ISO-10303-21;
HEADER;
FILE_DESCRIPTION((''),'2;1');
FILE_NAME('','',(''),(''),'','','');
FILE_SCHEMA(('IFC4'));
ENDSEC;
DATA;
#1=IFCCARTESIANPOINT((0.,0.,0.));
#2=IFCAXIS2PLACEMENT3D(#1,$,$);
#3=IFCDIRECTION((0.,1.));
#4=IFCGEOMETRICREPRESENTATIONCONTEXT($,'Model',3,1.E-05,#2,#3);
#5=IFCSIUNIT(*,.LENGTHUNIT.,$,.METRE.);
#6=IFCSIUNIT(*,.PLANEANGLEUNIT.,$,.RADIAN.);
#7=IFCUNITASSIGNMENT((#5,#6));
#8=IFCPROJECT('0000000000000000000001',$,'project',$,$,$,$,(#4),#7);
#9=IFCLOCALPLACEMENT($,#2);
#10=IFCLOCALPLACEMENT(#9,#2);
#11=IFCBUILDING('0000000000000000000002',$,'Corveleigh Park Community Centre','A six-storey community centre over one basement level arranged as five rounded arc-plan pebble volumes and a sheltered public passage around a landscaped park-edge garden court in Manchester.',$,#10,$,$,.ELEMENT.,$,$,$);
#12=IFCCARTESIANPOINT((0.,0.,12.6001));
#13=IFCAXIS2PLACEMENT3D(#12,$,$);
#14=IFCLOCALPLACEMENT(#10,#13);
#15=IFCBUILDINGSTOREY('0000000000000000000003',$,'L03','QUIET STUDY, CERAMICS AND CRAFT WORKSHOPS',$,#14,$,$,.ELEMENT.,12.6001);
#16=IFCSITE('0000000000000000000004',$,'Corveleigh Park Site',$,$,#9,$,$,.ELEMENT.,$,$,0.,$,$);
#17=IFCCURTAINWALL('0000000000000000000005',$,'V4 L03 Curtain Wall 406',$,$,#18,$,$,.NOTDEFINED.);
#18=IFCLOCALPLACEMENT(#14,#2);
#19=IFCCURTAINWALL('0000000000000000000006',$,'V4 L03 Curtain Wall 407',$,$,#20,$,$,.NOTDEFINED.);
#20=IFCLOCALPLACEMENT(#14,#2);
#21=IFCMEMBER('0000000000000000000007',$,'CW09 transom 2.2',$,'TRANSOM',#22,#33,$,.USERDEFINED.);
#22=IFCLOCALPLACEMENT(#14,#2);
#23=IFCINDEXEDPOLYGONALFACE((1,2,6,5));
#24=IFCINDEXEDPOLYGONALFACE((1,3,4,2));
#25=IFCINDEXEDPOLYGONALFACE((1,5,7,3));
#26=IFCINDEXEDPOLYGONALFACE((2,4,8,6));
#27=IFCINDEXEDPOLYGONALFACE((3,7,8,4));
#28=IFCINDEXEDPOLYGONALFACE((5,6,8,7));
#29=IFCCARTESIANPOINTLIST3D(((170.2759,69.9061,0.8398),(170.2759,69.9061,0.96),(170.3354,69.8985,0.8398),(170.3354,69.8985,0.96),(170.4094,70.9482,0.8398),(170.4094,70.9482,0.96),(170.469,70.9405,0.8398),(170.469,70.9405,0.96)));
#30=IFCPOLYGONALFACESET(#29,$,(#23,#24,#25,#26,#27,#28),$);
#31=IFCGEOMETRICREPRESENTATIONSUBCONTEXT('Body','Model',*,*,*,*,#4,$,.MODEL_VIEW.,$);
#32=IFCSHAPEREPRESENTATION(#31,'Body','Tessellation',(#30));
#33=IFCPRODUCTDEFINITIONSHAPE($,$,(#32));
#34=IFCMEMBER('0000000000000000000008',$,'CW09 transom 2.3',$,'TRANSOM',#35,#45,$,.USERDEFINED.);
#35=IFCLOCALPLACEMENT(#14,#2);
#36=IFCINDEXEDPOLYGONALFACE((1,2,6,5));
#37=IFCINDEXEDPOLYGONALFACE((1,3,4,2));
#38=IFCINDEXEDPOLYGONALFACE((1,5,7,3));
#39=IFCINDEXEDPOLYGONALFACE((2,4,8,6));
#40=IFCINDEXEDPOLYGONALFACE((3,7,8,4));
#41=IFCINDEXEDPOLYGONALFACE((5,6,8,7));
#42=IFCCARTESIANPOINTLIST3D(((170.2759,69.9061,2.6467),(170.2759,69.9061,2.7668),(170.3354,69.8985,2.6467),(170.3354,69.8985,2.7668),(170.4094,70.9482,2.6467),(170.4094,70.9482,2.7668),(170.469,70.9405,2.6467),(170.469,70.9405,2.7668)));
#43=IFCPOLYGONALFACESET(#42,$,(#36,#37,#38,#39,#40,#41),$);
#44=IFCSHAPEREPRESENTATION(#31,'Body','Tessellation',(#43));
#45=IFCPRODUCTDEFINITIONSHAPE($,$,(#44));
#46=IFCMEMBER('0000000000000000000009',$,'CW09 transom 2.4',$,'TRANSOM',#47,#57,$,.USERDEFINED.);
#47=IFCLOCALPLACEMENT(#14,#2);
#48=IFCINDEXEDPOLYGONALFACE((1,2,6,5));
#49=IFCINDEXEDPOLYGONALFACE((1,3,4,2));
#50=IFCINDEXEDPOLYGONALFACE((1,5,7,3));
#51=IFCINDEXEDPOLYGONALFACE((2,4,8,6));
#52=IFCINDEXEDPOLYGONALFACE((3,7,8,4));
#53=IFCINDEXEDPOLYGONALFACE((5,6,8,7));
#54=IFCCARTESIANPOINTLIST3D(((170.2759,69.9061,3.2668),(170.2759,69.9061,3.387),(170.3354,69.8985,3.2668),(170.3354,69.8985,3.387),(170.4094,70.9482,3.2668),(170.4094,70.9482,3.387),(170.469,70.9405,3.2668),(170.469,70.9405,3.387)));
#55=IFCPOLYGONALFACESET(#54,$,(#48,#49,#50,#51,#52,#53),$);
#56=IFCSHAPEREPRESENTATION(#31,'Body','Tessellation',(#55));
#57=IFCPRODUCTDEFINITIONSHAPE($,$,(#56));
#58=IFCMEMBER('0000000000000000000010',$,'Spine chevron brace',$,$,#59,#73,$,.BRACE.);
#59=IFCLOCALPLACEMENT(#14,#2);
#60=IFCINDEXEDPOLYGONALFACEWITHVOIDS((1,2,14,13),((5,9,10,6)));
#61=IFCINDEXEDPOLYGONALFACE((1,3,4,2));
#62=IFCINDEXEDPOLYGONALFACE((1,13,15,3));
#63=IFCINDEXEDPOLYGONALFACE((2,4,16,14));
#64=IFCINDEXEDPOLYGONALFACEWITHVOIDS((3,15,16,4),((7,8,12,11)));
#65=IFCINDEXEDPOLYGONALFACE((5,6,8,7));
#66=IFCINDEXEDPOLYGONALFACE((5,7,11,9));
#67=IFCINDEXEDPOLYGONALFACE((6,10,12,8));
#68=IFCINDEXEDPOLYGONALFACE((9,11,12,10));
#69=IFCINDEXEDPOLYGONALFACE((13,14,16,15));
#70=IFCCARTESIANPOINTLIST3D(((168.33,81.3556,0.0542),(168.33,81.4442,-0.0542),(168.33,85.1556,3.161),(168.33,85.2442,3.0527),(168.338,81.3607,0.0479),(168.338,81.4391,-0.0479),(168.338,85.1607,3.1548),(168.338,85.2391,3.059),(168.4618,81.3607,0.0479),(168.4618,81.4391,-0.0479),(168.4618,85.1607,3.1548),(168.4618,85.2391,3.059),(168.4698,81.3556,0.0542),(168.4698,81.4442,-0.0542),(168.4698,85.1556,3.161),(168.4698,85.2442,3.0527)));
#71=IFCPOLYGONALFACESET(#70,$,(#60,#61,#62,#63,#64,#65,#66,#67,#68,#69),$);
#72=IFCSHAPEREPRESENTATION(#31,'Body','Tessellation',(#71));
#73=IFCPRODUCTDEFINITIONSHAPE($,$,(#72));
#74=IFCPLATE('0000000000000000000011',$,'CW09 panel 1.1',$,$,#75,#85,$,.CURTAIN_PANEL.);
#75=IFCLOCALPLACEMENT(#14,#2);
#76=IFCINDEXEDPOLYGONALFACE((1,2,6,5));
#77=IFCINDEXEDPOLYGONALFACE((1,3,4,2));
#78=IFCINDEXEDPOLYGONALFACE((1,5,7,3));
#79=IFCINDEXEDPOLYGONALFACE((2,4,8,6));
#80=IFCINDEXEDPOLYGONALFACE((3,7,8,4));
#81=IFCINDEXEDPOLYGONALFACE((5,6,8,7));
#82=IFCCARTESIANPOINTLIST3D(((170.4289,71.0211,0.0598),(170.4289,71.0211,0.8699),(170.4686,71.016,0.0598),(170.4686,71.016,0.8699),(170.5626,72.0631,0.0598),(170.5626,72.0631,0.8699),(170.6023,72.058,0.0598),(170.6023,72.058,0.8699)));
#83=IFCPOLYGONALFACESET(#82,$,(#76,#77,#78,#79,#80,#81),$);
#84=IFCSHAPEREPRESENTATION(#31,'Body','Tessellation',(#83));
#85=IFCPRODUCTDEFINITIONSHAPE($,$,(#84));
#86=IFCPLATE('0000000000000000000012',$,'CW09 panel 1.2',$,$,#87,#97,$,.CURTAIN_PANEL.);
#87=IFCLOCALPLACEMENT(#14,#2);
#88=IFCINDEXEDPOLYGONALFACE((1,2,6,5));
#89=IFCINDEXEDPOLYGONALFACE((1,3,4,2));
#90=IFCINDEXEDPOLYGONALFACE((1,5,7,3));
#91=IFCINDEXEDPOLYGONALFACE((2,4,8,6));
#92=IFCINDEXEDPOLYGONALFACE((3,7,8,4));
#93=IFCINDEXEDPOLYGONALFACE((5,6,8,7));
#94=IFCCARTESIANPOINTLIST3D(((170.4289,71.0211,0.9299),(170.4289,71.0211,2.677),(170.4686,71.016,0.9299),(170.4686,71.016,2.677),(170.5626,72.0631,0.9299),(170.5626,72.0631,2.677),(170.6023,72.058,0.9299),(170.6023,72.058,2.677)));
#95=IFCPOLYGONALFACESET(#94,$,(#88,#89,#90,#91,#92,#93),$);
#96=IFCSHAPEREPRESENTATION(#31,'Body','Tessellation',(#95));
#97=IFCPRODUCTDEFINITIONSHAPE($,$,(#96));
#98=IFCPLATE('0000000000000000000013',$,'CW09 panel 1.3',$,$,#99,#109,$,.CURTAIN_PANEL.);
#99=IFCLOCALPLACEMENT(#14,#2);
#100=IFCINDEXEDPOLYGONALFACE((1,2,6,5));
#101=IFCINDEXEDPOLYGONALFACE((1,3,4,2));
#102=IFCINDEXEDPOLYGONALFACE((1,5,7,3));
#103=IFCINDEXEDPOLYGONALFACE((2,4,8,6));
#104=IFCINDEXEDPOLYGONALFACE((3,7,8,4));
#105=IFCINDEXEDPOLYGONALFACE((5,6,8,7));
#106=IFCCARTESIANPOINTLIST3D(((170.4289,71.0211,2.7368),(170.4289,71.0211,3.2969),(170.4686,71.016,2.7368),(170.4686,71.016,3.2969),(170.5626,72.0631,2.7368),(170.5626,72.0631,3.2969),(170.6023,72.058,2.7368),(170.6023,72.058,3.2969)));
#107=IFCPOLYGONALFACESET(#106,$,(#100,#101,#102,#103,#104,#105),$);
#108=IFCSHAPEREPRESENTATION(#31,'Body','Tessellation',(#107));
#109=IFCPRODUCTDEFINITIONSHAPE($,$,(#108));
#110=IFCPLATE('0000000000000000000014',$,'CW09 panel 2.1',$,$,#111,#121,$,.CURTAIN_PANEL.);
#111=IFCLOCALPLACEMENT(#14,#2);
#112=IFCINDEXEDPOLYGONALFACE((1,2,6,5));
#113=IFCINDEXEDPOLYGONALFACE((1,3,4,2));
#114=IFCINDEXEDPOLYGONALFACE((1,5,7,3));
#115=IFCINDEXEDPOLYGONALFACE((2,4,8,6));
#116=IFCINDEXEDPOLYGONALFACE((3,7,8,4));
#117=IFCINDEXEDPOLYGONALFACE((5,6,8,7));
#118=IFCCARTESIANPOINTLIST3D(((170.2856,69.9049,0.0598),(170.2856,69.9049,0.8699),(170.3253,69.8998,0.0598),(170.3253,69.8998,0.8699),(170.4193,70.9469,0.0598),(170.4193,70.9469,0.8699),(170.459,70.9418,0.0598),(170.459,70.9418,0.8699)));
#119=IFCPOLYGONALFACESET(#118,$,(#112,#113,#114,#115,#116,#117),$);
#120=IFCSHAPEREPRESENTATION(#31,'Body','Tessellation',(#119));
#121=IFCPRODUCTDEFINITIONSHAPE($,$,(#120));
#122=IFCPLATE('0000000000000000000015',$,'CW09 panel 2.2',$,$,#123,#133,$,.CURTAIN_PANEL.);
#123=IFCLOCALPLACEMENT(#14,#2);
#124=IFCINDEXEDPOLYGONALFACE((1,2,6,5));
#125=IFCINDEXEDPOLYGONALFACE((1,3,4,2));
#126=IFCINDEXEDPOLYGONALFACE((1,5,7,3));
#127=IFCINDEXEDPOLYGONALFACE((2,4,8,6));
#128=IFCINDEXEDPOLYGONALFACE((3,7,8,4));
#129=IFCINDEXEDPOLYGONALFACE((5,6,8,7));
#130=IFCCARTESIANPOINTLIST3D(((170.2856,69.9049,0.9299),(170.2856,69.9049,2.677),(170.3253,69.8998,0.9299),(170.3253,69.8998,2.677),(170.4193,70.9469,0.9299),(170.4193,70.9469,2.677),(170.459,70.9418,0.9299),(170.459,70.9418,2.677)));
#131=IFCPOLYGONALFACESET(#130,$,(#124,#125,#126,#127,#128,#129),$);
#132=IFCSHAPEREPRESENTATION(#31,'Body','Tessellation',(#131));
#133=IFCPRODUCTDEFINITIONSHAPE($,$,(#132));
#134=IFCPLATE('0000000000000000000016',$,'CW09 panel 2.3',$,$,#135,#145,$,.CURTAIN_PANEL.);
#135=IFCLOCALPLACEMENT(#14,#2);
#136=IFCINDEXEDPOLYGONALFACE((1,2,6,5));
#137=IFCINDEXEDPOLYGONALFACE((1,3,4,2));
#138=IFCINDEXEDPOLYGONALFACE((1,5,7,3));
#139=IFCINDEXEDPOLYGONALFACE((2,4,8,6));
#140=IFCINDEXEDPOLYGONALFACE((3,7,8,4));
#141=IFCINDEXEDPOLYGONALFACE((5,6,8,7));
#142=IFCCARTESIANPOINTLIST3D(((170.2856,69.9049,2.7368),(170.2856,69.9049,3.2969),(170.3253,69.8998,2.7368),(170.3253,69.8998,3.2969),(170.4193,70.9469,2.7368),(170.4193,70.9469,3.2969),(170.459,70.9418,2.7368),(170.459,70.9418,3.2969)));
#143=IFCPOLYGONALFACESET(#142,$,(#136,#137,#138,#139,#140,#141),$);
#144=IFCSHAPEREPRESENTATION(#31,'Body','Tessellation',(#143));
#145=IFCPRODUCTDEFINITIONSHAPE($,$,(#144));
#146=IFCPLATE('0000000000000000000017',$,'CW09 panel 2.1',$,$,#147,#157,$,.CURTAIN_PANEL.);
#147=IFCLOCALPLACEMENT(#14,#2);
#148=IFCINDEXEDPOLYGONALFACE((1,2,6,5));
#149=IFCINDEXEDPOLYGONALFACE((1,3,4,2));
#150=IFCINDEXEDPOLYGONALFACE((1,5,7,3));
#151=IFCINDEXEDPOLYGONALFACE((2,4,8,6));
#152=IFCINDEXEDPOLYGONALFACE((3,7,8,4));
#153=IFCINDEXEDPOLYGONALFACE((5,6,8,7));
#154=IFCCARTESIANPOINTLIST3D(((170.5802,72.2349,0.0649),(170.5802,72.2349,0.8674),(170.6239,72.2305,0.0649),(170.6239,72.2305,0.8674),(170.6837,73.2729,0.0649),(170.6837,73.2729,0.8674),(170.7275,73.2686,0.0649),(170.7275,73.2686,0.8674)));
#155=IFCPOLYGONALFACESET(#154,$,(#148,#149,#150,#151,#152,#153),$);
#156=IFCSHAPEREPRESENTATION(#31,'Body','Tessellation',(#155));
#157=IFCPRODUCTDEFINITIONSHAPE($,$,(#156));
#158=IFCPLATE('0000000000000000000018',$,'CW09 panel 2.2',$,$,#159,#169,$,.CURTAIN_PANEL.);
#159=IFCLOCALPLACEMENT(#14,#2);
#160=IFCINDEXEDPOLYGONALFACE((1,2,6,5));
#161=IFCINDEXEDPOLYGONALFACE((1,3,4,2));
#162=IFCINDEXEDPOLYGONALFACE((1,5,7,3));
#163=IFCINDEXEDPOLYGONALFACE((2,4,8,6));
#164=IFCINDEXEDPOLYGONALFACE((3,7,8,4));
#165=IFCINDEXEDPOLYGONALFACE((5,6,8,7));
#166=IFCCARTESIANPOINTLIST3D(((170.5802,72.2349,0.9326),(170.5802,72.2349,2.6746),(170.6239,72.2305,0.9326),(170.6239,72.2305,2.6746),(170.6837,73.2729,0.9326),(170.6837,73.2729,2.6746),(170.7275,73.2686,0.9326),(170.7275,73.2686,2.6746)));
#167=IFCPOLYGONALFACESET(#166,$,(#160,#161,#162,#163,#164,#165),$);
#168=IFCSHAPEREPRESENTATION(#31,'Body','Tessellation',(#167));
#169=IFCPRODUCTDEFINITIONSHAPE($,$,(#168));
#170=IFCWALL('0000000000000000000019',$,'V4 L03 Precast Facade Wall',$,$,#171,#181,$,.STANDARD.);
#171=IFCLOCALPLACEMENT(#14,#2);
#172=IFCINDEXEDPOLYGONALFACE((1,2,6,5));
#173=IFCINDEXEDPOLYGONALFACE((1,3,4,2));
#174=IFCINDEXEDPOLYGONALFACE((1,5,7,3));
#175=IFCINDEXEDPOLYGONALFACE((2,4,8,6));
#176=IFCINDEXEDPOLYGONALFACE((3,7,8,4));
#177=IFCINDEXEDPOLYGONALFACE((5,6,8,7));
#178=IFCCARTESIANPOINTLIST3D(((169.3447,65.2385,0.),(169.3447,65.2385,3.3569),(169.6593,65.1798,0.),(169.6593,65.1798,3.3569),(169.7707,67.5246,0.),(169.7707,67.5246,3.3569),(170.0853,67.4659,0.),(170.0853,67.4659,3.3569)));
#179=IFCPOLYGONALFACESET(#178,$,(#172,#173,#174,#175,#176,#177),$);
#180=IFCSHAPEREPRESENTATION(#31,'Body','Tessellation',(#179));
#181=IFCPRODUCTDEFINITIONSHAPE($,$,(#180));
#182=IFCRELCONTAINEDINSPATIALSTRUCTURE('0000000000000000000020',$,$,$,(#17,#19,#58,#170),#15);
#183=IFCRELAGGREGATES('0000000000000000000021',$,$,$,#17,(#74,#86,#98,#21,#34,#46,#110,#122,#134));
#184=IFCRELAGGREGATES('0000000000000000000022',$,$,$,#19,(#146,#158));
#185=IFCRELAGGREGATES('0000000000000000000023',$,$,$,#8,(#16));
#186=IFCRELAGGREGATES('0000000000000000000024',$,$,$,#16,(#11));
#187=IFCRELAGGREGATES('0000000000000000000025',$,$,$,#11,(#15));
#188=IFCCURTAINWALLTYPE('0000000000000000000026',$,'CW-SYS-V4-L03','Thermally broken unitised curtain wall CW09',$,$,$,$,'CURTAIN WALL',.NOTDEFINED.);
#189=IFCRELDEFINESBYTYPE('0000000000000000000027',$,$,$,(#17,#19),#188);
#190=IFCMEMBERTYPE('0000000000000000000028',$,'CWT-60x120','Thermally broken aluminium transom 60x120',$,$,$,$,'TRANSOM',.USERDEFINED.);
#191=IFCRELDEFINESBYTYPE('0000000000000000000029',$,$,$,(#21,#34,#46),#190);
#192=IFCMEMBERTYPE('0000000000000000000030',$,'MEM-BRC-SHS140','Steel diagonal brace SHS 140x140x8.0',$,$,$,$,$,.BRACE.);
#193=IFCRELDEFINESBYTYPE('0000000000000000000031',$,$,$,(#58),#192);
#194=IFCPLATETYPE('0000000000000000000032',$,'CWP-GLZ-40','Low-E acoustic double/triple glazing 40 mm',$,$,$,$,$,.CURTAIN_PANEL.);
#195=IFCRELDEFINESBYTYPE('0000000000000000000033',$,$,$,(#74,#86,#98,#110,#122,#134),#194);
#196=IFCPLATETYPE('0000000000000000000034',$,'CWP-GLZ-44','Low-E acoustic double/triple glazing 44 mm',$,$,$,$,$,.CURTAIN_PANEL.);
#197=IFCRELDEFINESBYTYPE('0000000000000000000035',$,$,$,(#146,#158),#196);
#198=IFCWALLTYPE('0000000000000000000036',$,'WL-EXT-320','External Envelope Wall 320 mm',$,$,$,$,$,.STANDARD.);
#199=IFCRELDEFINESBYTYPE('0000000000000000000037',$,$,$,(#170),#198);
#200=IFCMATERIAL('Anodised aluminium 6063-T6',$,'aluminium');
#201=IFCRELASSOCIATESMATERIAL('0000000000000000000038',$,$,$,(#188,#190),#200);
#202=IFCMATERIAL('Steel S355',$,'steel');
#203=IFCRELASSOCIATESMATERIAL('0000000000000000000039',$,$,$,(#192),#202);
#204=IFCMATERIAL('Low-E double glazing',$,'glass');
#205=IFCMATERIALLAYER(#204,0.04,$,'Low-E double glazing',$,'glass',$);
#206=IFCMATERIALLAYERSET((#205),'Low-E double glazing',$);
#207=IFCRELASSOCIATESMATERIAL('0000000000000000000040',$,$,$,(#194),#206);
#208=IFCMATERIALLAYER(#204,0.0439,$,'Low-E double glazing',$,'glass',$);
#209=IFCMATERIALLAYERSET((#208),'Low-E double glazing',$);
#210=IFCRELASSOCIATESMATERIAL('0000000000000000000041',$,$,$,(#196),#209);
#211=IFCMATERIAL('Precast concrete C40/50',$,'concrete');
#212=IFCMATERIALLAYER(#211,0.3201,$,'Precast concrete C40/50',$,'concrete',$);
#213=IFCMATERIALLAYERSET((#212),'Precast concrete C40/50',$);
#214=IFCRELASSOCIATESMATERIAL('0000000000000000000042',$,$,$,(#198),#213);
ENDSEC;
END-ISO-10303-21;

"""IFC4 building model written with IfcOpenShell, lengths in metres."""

from ifc_helpers import new_model, si_unit, direction, frame, frame_2d, origin, origin_2d, place, context, subcontext, project, spatial, rectangle, hollow_rectangle, extrude, material, layer, layer_set, material_profile, profile_set, type_object, element, aggregate, save


model = new_model("IFC4")

# Units and contexts
model_context = context("Model", 3, precision=1e-05, world=origin(), true_north=direction((0.0, 1.0)))
body_context = subcontext(model_context, "Body", "Model", "MODEL_VIEW")
ifc_project = project(units=[si_unit("LENGTHUNIT", "METRE"), si_unit("PLANEANGLEUNIT", "RADIAN")], contexts=[model_context])

# Site, building, storey
site_placement = place(None, origin())
site = spatial("IfcSite", under=ifc_project, at=site_placement, Name="Corveleigh Park Site", CompositionType="ELEMENT", RefElevation=0.0)
building_placement = place(site_placement, origin())
building = spatial("IfcBuilding", under=site, at=building_placement, Name="Corveleigh Park Community Centre", Description="A six-storey community centre over one basement level arranged as five rounded arc-plan pebble volumes and a sheltered public passage around a landscaped park-edge garden court in Manchester.", CompositionType="ELEMENT")
storey_placement = place(building_placement, frame((0.0, 0.0, 12.6001)))
storey = spatial("IfcBuildingStorey", under=building, at=storey_placement, Name="L03", Description="QUIET STUDY, CERAMICS AND CRAFT WORKSHOPS", CompositionType="ELEMENT", Elevation=12.6001)

# Shared definitions
ifc_material_1 = material(Name="Steel S355", Category="steel")

# Curtain wall
ifc_material_2 = material(Name="Anodised aluminium 6063-T6", Category="aluminium")
curtain_wall_type = type_object("IfcCurtainWallType", Name="CW-SYS-V4-L03", Description="Thermally broken unitised curtain wall CW09", ElementType="CURTAIN WALL", PredefinedType="NOTDEFINED", material=ifc_material_2)
curtain_wall_1_placement = place(storey_placement, origin())
curtain_wall_1 = element("IfcCurtainWall", 1, at=curtain_wall_1_placement, inside=storey, type_object=curtain_wall_type, Name="V4 L03 Curtain Wall 406", PredefinedType="NOTDEFINED")

# Curtain wall
curtain_wall_2_placement = place(storey_placement, origin())
curtain_wall_2 = element("IfcCurtainWall", 2, at=curtain_wall_2_placement, inside=storey, type_object=curtain_wall_type, Name="V4 L03 Curtain Wall 407", PredefinedType="NOTDEFINED")

# Members
ifc_material_profile_1 = material_profile(ifc_material_2, rectangle(XDim=0.0601, YDim=0.1201, at=origin_2d()), Name="ALU-T60x120", Category="aluminium")
ifc_profile_set_1 = profile_set([ifc_material_profile_1], Name="Anodised aluminium 6063-T6")
member_type_1 = type_object("IfcMemberType", Name="CWT-60x120", Description="Thermally broken aluminium transom 60x120", ElementType="TRANSOM", PredefinedType="USERDEFINED", material=ifc_profile_set_1)
member_1_placement = place(storey_placement, frame((170.4392, 70.9443, 0.8999), z_axis=(-0.127123, -0.991887, 0.0), x_axis=(0.991887, -0.127123, 0.0)))
member_1 = element("IfcMember", 3, at=member_1_placement, type_object=member_type_1, Name="CW09 transom 2.2", ObjectType="TRANSOM", PredefinedType="USERDEFINED", context=body_context, shape_type="SweptSolid", body=[
    extrude(rectangle(XDim=0.0601, YDim=0.1201, at=origin_2d()), origin(), (0.0, 0.0, 1.0), 1.0505),
])
member_2_placement = place(storey_placement, frame((170.4392, 70.9443, 2.7068), z_axis=(-0.127123, -0.991887, 0.0), x_axis=(0.991887, -0.127123, 0.0)))
member_2 = element("IfcMember", 4, at=member_2_placement, type_object=member_type_1, Name="CW09 transom 2.3", ObjectType="TRANSOM", PredefinedType="USERDEFINED", context=body_context, shape_type="SweptSolid", body=[
    extrude(rectangle(XDim=0.0601, YDim=0.1201, at=origin_2d()), origin(), (0.0, 0.0, 1.0), 1.0505),
])
member_3_placement = place(storey_placement, frame((170.4392, 70.9443, 3.3269), z_axis=(-0.127123, -0.991887, 0.0), x_axis=(0.991887, -0.127123, 0.0)))
member_3 = element("IfcMember", 5, at=member_3_placement, type_object=member_type_1, Name="CW09 transom 2.4", ObjectType="TRANSOM", PredefinedType="USERDEFINED", context=body_context, shape_type="SweptSolid", body=[
    extrude(rectangle(XDim=0.0601, YDim=0.1201, at=origin_2d()), origin(), (0.0, 0.0, 1.0), 1.0505),
])
ifc_material_profile_2 = material_profile(ifc_material_1, hollow_rectangle(XDim=0.1399, YDim=0.1399, WallThickness=0.0081, at=origin_2d()), Name="SHS 140x140x8.0", Category="steel")
ifc_profile_set_2 = profile_set([ifc_material_profile_2], Name="Steel S355")
member_type_2 = type_object("IfcMemberType", Name="MEM-BRC-SHS140", Description="Steel diagonal brace SHS 140x140x8.0", PredefinedType="BRACE", material=ifc_profile_set_2)
member_4_placement = place(storey_placement, frame((168.3999, 81.3999, 0.0), z_axis=(0.0, 0.774177, 0.63297), x_axis=(-1.0, 0.0, 0.0)))
element("IfcMember", 6, at=member_4_placement, inside=storey, type_object=member_type_2, Name="Spine chevron brace", PredefinedType="BRACE", context=body_context, shape_type="SweptSolid", body=[
    extrude(hollow_rectangle(XDim=0.1399, YDim=0.1399, WallThickness=0.0081, at=origin_2d()), origin(), (0.0, 0.0, 1.0), 4.9084),
])

# Plates
ifc_material_3 = material(Name="Low-E double glazing", Category="glass")
ifc_layer_1 = layer(ifc_material_3, 0.04, Name="Low-E double glazing", Category="glass")
ifc_layer_set_1 = layer_set([ifc_layer_1], Name="Low-E double glazing")
plate_type_1 = type_object("IfcPlateType", Name="CWP-GLZ-40", Description="Low-E acoustic double/triple glazing 40 mm", PredefinedType="CURTAIN_PANEL", material=ifc_layer_set_1)
plate_1_placement = place(storey_placement, frame((170.5156, 71.5396, 0.0598), z_axis=(0.0, 0.0, 1.0), x_axis=(-0.127262, -0.991869, 0.0)))
plate_1 = element("IfcPlate", 7, at=plate_1_placement, type_object=plate_type_1, Name="CW09 panel 1.1", PredefinedType="CURTAIN_PANEL", context=body_context, shape_type="SweptSolid", body=[
    extrude(rectangle(XDim=1.0505, YDim=0.04, at=origin_2d()), origin(), (0.0, 0.0, 1.0), 0.8101),
])
plate_2_placement = place(storey_placement, frame((170.5156, 71.5396, 0.9299), z_axis=(0.0, 0.0, 1.0), x_axis=(-0.127262, -0.991869, 0.0)))
plate_2 = element("IfcPlate", 8, at=plate_2_placement, type_object=plate_type_1, Name="CW09 panel 1.2", PredefinedType="CURTAIN_PANEL", context=body_context, shape_type="SweptSolid", body=[
    extrude(rectangle(XDim=1.0505, YDim=0.04, at=origin_2d()), origin(), (0.0, 0.0, 1.0), 1.7471),
])
plate_3_placement = place(storey_placement, frame((170.5156, 71.5396, 2.7368), z_axis=(0.0, 0.0, 1.0), x_axis=(-0.127262, -0.991869, 0.0)))
plate_3 = element("IfcPlate", 9, at=plate_3_placement, type_object=plate_type_1, Name="CW09 panel 1.3", PredefinedType="CURTAIN_PANEL", context=body_context, shape_type="SweptSolid", body=[
    extrude(rectangle(XDim=1.0505, YDim=0.04, at=origin_2d()), origin(), (0.0, 0.0, 1.0), 0.5601),
])
plate_4_placement = place(storey_placement, frame((170.3723, 70.4233, 0.0598), z_axis=(0.0, 0.0, 1.0), x_axis=(-0.127262, -0.991869, 0.0)))
plate_4 = element("IfcPlate", 10, at=plate_4_placement, type_object=plate_type_1, Name="CW09 panel 2.1", PredefinedType="CURTAIN_PANEL", context=body_context, shape_type="SweptSolid", body=[
    extrude(rectangle(XDim=1.0505, YDim=0.04, at=origin_2d()), origin(), (0.0, 0.0, 1.0), 0.8101),
])
plate_5_placement = place(storey_placement, frame((170.3723, 70.4233, 0.9299), z_axis=(0.0, 0.0, 1.0), x_axis=(-0.127262, -0.991869, 0.0)))
plate_5 = element("IfcPlate", 11, at=plate_5_placement, type_object=plate_type_1, Name="CW09 panel 2.2", PredefinedType="CURTAIN_PANEL", context=body_context, shape_type="SweptSolid", body=[
    extrude(rectangle(XDim=1.0505, YDim=0.04, at=origin_2d()), origin(), (0.0, 0.0, 1.0), 1.7471),
])
plate_6_placement = place(storey_placement, frame((170.3723, 70.4233, 2.7368), z_axis=(0.0, 0.0, 1.0), x_axis=(-0.127262, -0.991869, 0.0)))
plate_6 = element("IfcPlate", 12, at=plate_6_placement, type_object=plate_type_1, Name="CW09 panel 2.3", PredefinedType="CURTAIN_PANEL", context=body_context, shape_type="SweptSolid", body=[
    extrude(rectangle(XDim=1.0505, YDim=0.04, at=origin_2d()), origin(), (0.0, 0.0, 1.0), 0.5601),
])
aggregate(curtain_wall_1, [plate_1, plate_2, plate_3, member_1, member_2, member_3, plate_4, plate_5, plate_6])
ifc_layer_2 = layer(ifc_material_3, 0.0439, Name="Low-E double glazing", Category="glass")
ifc_layer_set_2 = layer_set([ifc_layer_2], Name="Low-E double glazing")
plate_type_2 = type_object("IfcPlateType", Name="CWP-GLZ-44", Description="Low-E acoustic double/triple glazing 44 mm", PredefinedType="CURTAIN_PANEL", material=ifc_layer_set_2)
plate_7_placement = place(storey_placement, frame((170.6538, 72.7517, 0.0649), z_axis=(0.0, 0.0, 1.0), x_axis=(-0.099291, -0.995058, 0.0)))
plate_7 = element("IfcPlate", 13, at=plate_7_placement, type_object=plate_type_2, Name="CW09 panel 2.1", PredefinedType="CURTAIN_PANEL", context=body_context, shape_type="SweptSolid", body=[
    extrude(rectangle(XDim=1.0432, YDim=0.0439, at=origin_2d()), origin(), (0.0, 0.0, 1.0), 0.8025),
])
plate_8_placement = place(storey_placement, frame((170.6538, 72.7517, 0.9326), z_axis=(0.0, 0.0, 1.0), x_axis=(-0.099291, -0.995058, 0.0)))
plate_8 = element("IfcPlate", 14, at=plate_8_placement, type_object=plate_type_2, Name="CW09 panel 2.2", PredefinedType="CURTAIN_PANEL", context=body_context, shape_type="SweptSolid", body=[
    extrude(rectangle(XDim=1.0432, YDim=0.0439, at=origin_2d()), origin(), (0.0, 0.0, 1.0), 1.7419),
])
aggregate(curtain_wall_2, [plate_7, plate_8])

# Wall
ifc_material_4 = material(Name="Precast concrete C40/50", Category="concrete")
ifc_layer_3 = layer(ifc_material_4, 0.3201, Name="Precast concrete C40/50", Category="concrete")
ifc_layer_set_3 = layer_set([ifc_layer_3], Name="Precast concrete C40/50")
wall_type_1 = type_object("IfcWallType", Name="WL-EXT-320", Description="External Envelope Wall 320 mm", PredefinedType="STANDARD", material=ifc_layer_set_3)
wall_1_placement = place(storey_placement, frame((169.928, 67.4951, 0.0), z_axis=(0.0, 0.0, 1.0), x_axis=(-0.183198, -0.983076, 0.0)))
element("IfcWall", 15, at=wall_1_placement, inside=storey, type_object=wall_type_1, Name="V4 L03 Precast Facade Wall", PredefinedType="STANDARD", context=body_context, shape_type="SweptSolid", body=[
    extrude(rectangle(XDim=2.3254, YDim=0.3201, at=frame_2d((1.1626, 0.0))), origin(), (0.0, 0.0, 1.0), 3.3569),
])

save(model, "model.ifc")
